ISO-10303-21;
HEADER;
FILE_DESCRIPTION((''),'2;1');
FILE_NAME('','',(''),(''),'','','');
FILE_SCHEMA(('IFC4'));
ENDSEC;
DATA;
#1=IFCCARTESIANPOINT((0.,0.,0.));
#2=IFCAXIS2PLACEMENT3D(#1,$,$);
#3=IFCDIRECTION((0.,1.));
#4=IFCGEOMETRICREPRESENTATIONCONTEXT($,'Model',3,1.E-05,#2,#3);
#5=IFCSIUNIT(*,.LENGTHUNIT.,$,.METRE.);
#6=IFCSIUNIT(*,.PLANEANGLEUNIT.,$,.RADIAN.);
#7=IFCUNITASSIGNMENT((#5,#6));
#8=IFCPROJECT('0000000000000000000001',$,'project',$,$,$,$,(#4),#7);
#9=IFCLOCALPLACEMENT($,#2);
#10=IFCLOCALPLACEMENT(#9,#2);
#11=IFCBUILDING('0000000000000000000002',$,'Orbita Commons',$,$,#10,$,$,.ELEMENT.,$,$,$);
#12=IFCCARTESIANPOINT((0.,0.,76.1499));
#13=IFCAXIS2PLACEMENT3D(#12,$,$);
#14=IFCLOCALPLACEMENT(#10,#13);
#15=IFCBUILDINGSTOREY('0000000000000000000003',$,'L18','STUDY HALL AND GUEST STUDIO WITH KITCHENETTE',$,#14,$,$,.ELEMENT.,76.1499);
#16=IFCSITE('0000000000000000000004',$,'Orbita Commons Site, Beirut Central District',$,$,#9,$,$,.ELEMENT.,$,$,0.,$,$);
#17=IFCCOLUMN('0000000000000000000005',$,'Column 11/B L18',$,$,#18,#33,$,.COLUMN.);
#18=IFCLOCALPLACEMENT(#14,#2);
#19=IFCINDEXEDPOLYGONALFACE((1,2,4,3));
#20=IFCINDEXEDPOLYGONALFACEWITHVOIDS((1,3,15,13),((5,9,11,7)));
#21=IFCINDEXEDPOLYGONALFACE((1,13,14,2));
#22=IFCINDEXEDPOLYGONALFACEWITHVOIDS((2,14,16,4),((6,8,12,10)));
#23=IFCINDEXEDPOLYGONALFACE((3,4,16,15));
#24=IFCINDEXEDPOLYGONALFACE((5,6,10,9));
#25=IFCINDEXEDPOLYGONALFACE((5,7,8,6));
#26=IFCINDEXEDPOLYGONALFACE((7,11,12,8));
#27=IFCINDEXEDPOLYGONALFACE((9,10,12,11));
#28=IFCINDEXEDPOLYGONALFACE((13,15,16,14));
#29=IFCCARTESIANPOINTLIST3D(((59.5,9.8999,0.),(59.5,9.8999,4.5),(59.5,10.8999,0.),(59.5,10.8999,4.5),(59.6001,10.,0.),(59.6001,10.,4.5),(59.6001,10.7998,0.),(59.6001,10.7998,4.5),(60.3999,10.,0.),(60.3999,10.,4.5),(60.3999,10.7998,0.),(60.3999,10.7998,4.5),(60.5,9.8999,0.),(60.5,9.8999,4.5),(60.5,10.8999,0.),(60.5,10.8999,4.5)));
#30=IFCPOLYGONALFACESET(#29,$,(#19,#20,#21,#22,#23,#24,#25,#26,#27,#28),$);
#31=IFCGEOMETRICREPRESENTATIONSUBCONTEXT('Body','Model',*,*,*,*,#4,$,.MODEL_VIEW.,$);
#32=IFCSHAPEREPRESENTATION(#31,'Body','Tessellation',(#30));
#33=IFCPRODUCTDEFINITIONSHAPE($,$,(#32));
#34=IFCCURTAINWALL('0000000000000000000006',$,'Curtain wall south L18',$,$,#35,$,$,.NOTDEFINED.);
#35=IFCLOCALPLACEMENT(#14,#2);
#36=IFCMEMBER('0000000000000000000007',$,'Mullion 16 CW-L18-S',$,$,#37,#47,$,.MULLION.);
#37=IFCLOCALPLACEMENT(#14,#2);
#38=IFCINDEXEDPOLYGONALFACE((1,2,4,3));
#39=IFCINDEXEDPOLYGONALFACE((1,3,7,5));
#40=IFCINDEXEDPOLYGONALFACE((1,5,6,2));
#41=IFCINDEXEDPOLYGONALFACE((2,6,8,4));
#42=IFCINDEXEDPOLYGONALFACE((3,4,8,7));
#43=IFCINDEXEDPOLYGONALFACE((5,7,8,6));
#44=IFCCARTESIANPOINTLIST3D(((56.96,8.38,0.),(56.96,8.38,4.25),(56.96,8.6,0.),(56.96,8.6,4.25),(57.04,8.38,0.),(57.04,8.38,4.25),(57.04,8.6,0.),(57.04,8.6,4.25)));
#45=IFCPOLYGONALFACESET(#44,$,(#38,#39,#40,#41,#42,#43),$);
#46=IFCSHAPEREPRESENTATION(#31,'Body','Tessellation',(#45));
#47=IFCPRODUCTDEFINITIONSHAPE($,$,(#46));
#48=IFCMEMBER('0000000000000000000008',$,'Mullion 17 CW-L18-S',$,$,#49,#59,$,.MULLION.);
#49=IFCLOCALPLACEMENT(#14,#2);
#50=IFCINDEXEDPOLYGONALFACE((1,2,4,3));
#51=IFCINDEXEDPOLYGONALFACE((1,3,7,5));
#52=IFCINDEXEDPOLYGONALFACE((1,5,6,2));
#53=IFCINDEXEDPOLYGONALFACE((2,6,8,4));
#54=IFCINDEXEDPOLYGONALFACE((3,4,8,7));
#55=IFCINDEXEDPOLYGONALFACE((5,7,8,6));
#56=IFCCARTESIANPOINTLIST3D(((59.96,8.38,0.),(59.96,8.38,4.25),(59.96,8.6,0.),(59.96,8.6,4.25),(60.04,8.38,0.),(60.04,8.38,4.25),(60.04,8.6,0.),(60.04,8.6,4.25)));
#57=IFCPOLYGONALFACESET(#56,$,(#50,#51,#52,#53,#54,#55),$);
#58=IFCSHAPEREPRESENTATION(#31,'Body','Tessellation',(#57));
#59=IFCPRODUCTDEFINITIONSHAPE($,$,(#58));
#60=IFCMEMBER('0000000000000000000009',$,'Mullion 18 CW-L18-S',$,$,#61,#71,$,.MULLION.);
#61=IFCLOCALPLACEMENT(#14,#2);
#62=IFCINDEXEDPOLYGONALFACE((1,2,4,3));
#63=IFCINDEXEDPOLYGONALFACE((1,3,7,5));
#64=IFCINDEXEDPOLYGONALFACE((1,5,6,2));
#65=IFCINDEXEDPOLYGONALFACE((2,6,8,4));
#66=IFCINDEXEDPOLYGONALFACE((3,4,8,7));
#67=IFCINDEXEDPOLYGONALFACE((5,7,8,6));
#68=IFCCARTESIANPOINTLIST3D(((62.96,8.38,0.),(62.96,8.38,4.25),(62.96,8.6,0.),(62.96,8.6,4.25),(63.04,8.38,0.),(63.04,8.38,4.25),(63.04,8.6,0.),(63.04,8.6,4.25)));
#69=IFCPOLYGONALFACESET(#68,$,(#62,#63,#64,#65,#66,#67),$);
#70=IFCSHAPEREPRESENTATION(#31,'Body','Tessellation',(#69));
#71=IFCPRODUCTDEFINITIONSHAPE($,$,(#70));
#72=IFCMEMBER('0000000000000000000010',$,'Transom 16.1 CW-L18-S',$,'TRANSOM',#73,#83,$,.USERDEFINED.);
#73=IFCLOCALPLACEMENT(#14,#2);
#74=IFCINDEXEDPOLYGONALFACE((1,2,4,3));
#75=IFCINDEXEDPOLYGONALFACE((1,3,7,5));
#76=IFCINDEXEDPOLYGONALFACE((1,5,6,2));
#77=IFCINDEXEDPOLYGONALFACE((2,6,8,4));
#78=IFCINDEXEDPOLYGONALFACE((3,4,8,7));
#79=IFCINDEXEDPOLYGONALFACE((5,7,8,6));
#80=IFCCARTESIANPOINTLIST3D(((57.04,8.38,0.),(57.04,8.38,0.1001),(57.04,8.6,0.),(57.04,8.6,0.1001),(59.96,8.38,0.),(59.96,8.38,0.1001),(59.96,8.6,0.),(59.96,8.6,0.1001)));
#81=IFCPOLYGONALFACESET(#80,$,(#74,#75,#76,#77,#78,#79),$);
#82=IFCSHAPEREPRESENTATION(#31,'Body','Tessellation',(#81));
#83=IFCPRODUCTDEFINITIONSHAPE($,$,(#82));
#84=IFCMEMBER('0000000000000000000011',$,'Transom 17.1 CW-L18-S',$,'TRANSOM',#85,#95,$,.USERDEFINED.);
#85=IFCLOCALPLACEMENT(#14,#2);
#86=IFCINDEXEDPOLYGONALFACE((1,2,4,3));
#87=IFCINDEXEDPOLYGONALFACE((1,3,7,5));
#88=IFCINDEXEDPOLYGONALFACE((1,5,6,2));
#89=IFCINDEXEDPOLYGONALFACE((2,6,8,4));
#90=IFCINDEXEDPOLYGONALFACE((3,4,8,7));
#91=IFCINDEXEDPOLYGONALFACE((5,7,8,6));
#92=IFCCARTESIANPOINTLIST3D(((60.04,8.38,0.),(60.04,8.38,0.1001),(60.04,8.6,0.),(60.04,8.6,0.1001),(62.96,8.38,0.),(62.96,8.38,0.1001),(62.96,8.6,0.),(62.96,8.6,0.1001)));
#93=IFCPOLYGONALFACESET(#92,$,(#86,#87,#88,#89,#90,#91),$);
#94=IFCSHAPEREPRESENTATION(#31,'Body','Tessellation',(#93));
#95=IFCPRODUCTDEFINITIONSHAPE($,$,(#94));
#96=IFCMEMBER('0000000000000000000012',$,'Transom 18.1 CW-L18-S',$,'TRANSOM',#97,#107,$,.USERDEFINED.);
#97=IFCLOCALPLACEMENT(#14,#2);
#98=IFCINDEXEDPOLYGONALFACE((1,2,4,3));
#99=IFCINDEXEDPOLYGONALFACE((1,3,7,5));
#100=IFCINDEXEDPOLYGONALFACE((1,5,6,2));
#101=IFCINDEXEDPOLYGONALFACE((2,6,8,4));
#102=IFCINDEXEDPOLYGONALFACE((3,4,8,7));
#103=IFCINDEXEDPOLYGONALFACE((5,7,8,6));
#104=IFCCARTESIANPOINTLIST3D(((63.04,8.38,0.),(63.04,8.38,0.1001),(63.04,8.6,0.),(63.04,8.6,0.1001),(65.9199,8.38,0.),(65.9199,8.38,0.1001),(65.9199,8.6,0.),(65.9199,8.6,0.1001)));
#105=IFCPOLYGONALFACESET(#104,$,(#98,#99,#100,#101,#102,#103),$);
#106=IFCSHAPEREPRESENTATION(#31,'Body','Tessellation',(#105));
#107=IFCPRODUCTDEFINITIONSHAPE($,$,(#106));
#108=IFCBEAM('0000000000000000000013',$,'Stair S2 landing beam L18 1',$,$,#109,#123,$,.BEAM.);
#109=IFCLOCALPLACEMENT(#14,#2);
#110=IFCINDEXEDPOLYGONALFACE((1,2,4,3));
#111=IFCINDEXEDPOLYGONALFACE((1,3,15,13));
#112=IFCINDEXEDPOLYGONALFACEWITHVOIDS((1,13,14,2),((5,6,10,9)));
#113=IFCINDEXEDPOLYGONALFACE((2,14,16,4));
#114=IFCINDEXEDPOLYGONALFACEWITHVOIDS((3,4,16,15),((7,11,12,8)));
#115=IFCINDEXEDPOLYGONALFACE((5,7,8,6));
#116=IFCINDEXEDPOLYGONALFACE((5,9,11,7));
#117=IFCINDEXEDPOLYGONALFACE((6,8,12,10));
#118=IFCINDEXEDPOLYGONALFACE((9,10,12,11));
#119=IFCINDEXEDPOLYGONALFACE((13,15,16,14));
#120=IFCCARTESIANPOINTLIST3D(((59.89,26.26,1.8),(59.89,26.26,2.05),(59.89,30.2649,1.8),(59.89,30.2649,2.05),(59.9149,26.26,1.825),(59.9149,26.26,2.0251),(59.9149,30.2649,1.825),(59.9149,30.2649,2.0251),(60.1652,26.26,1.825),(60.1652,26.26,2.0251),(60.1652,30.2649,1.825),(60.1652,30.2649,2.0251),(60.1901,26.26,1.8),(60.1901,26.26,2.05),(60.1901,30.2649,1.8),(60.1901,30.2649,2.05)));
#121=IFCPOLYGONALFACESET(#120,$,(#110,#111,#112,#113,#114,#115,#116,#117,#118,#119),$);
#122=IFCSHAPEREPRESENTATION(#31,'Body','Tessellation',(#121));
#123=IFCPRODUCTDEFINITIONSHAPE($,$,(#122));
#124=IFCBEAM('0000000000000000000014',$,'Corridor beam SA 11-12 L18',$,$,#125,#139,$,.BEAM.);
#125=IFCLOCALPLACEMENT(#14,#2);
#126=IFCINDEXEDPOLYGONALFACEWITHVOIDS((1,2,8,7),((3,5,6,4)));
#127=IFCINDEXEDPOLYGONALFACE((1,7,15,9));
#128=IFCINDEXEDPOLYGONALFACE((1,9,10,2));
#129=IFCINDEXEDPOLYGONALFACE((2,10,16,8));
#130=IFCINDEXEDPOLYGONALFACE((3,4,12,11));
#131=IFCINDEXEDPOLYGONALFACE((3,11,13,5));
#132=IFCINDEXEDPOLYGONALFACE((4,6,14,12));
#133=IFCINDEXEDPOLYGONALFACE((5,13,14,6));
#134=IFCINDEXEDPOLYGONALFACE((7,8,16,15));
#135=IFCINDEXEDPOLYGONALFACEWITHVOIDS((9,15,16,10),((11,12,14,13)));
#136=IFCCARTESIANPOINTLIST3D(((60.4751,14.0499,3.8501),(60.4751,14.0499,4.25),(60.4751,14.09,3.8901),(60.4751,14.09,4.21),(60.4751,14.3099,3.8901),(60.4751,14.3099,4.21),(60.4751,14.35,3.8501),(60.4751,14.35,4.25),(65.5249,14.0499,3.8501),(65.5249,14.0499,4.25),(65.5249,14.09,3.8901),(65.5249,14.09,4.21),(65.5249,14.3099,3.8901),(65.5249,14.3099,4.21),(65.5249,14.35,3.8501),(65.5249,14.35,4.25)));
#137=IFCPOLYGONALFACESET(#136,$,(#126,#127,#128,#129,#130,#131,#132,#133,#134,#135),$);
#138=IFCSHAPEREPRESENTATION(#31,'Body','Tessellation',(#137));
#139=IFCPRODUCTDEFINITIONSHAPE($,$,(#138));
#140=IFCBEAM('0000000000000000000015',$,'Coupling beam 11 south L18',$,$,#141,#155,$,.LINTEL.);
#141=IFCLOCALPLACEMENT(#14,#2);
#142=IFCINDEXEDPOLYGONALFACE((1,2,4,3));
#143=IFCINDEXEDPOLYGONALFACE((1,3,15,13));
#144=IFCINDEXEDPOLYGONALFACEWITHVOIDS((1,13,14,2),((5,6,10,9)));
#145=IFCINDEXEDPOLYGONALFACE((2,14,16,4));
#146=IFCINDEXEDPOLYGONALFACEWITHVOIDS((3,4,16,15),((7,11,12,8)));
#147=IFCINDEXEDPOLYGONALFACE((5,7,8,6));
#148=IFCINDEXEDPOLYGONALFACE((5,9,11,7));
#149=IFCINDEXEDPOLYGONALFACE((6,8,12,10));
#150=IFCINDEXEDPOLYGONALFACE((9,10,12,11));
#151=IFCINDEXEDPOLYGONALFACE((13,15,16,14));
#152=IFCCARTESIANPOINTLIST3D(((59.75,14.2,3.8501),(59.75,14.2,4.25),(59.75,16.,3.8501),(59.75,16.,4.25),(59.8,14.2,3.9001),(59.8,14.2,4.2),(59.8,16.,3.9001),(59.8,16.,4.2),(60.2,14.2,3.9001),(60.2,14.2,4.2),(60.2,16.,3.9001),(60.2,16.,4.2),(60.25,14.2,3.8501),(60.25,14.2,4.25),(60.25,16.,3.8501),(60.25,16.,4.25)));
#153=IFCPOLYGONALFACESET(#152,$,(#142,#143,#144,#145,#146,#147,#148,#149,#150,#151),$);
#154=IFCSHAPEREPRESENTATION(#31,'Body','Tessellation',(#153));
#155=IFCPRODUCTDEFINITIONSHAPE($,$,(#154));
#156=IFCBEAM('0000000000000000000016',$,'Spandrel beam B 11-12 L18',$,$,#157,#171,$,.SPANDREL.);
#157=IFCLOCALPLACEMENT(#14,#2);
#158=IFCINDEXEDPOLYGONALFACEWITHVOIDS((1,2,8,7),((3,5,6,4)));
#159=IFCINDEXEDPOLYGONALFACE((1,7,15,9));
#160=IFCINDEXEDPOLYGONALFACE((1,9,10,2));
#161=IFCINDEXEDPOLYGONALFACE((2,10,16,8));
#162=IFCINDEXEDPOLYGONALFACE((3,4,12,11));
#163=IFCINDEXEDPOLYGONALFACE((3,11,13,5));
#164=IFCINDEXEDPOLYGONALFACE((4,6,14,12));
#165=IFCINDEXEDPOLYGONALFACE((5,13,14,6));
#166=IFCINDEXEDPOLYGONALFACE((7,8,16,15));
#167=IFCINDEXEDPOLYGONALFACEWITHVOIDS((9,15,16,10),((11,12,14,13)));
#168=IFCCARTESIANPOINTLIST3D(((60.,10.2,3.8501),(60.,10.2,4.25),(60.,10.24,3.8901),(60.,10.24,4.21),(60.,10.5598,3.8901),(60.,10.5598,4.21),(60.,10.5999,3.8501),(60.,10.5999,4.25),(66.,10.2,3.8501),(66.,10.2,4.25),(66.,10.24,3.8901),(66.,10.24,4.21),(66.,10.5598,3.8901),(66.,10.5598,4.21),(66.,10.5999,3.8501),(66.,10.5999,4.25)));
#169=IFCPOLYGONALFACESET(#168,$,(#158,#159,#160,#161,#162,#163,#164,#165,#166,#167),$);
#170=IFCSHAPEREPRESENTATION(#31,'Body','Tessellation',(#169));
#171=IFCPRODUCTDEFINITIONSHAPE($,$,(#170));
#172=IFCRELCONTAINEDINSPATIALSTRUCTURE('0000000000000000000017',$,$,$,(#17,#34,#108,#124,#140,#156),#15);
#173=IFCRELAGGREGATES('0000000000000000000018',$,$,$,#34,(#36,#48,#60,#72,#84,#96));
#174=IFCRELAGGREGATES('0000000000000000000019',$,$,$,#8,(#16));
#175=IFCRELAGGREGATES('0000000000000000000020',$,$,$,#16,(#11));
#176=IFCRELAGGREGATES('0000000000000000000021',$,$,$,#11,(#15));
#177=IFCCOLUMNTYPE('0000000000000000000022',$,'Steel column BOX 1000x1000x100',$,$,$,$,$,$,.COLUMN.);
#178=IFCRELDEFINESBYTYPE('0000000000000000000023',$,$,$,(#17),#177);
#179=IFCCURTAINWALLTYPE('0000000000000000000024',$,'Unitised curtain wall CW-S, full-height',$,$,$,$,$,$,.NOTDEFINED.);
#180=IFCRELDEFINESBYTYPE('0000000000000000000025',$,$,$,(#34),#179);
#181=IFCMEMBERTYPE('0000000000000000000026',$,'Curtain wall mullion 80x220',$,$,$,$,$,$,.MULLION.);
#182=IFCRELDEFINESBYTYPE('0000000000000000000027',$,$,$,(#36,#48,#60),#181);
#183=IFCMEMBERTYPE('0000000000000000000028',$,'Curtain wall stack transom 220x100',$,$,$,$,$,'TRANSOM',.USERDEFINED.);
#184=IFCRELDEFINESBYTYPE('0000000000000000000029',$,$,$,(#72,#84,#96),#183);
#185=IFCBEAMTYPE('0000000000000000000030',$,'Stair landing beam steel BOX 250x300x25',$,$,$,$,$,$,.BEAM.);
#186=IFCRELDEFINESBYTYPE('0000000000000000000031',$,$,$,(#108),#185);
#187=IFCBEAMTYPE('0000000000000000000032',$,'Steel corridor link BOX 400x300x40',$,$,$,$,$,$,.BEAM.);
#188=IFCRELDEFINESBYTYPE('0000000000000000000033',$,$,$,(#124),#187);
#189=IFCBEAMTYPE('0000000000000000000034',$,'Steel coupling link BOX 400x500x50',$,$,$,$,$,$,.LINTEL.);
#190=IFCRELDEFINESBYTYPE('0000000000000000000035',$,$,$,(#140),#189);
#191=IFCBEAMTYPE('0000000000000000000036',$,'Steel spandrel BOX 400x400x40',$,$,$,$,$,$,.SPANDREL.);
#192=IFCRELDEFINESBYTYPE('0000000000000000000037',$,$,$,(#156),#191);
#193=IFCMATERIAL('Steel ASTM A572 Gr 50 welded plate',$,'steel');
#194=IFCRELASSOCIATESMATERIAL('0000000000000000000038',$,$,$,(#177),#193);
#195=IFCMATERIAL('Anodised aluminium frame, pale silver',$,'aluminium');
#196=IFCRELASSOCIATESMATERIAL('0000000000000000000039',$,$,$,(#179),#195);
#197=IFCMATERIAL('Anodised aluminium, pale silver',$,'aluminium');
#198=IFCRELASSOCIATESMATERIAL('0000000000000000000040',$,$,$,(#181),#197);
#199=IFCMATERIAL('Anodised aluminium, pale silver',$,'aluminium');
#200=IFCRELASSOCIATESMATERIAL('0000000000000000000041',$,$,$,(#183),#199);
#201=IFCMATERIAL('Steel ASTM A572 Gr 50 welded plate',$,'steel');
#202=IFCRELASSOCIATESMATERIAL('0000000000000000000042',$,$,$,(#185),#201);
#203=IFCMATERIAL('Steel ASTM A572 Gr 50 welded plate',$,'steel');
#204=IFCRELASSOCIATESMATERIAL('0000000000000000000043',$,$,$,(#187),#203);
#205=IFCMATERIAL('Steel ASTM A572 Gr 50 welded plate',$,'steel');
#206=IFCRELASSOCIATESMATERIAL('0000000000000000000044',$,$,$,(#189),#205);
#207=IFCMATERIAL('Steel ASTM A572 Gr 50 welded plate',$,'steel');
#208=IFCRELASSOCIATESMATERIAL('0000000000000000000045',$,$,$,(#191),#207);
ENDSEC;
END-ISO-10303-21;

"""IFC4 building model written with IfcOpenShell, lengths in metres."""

from ifc_helpers import new_model, si_unit, direction, frame, origin, origin_2d, place, context, subcontext, project, spatial, rectangle, hollow_rectangle, extrude, material, material_profile, profile_set, type_object, element, aggregate, save


model = new_model("IFC4")

# Units and contexts
model_context = context("Model", 3, precision=1e-05, world=origin(), true_north=direction((0.0, 1.0)))
body_context = subcontext(model_context, "Body", "Model", "MODEL_VIEW")
ifc_project = project(units=[si_unit("LENGTHUNIT", "METRE"), si_unit("PLANEANGLEUNIT", "RADIAN")], contexts=[model_context])

# Site, building, storey
site_placement = place(None, origin())
site = spatial("IfcSite", under=ifc_project, at=site_placement, Name="Orbita Commons Site, Beirut Central District", CompositionType="ELEMENT", RefElevation=0.0)
building_placement = place(site_placement, origin())
building = spatial("IfcBuilding", under=site, at=building_placement, Name="Orbita Commons", CompositionType="ELEMENT")
storey_placement = place(building_placement, frame((0.0, 0.0, 76.1499)))
storey = spatial("IfcBuildingStorey", under=building, at=storey_placement, Name="L18", Description="STUDY HALL AND GUEST STUDIO WITH KITCHENETTE", CompositionType="ELEMENT", Elevation=76.1499)

# Column
ifc_material_1 = material(Name="Steel ASTM A572 Gr 50 welded plate", Category="steel")
ifc_material_profile_1 = material_profile(ifc_material_1, hollow_rectangle(XDim=1.0, YDim=1.0, WallThickness=0.1001, at=origin_2d()), Name="BOX 1000x1000x100")
ifc_profile_set_1 = profile_set([ifc_material_profile_1], Name="Steel ASTM A572 Gr 50 welded plate")
column_type = type_object("IfcColumnType", Name="Steel column BOX 1000x1000x100", PredefinedType="COLUMN", material=ifc_profile_set_1)
column_placement = place(storey_placement, frame((60.0, 10.3999, 0.0), z_axis=(0.0, 0.0, 1.0), x_axis=(1.0, 0.0, 0.0)))
element("IfcColumn", 1, at=column_placement, inside=storey, type_object=column_type, Name="Column 11/B L18", PredefinedType="COLUMN", context=body_context, shape_type="SweptSolid", body=[
    extrude(hollow_rectangle(XDim=1.0, YDim=1.0, WallThickness=0.1001, at=origin_2d()), origin(), (0.0, 0.0, 1.0), 4.5),
])

# Curtain wall, members
ifc_material_2 = material(Name="Anodised aluminium frame, pale silver", Category="aluminium")
curtain_wall_type = type_object("IfcCurtainWallType", Name="Unitised curtain wall CW-S, full-height", PredefinedType="NOTDEFINED", material=ifc_material_2)
curtain_wall_placement = place(storey_placement, origin())
curtain_wall = element("IfcCurtainWall", 2, at=curtain_wall_placement, inside=storey, type_object=curtain_wall_type, Name="Curtain wall south L18", PredefinedType="NOTDEFINED")
ifc_material_3 = material(Name="Anodised aluminium, pale silver", Category="aluminium")
ifc_material_profile_2 = material_profile(ifc_material_3, rectangle(XDim=0.0801, YDim=0.22, at=origin_2d()), Name="AL 80x220")
ifc_profile_set_2 = profile_set([ifc_material_profile_2], Name="Anodised aluminium, pale silver")
member_type_1 = type_object("IfcMemberType", Name="Curtain wall mullion 80x220", PredefinedType="MULLION", material=ifc_profile_set_2)
member_1_placement = place(storey_placement, frame((57.0, 8.49, 0.0), z_axis=(0.0, 0.0, 1.0), x_axis=(1.0, 0.0, 0.0)))
member_1 = element("IfcMember", 3, at=member_1_placement, type_object=member_type_1, Name="Mullion 16 CW-L18-S", PredefinedType="MULLION", context=body_context, shape_type="SweptSolid", body=[
    extrude(rectangle(XDim=0.0801, YDim=0.22, at=origin_2d()), origin(), (0.0, 0.0, 1.0), 4.25),
])
member_2_placement = place(storey_placement, frame((60.0, 8.49, 0.0), z_axis=(0.0, 0.0, 1.0), x_axis=(1.0, 0.0, 0.0)))
member_2 = element("IfcMember", 4, at=member_2_placement, type_object=member_type_1, Name="Mullion 17 CW-L18-S", PredefinedType="MULLION", context=body_context, shape_type="SweptSolid", body=[
    extrude(rectangle(XDim=0.0801, YDim=0.22, at=origin_2d()), origin(), (0.0, 0.0, 1.0), 4.25),
])
member_3_placement = place(storey_placement, frame((63.0, 8.49, 0.0), z_axis=(0.0, 0.0, 1.0), x_axis=(1.0, 0.0, 0.0)))
member_3 = element("IfcMember", 5, at=member_3_placement, type_object=member_type_1, Name="Mullion 18 CW-L18-S", PredefinedType="MULLION", context=body_context, shape_type="SweptSolid", body=[
    extrude(rectangle(XDim=0.0801, YDim=0.22, at=origin_2d()), origin(), (0.0, 0.0, 1.0), 4.25),
])
ifc_material_4 = material(Name="Anodised aluminium, pale silver", Category="aluminium")
ifc_material_profile_3 = material_profile(ifc_material_4, rectangle(XDim=0.22, YDim=0.1001, at=origin_2d()), Name="AL 220x100")
ifc_profile_set_3 = profile_set([ifc_material_profile_3], Name="Anodised aluminium, pale silver")
member_type_2 = type_object("IfcMemberType", Name="Curtain wall stack transom 220x100", ElementType="TRANSOM", PredefinedType="USERDEFINED", material=ifc_profile_set_3)
member_4_placement = place(storey_placement, frame((57.04, 8.49, 0.05), z_axis=(1.0, 0.0, 0.0), x_axis=(0.0, 1.0, 0.0)))
member_4 = element("IfcMember", 6, at=member_4_placement, type_object=member_type_2, Name="Transom 16.1 CW-L18-S", ObjectType="TRANSOM", PredefinedType="USERDEFINED", context=body_context, shape_type="SweptSolid", body=[
    extrude(rectangle(XDim=0.22, YDim=0.1001, at=origin_2d()), origin(), (0.0, 0.0, 1.0), 2.9199),
])
member_5_placement = place(storey_placement, frame((60.04, 8.49, 0.05), z_axis=(1.0, 0.0, 0.0), x_axis=(0.0, 1.0, 0.0)))
member_5 = element("IfcMember", 7, at=member_5_placement, type_object=member_type_2, Name="Transom 17.1 CW-L18-S", ObjectType="TRANSOM", PredefinedType="USERDEFINED", context=body_context, shape_type="SweptSolid", body=[
    extrude(rectangle(XDim=0.22, YDim=0.1001, at=origin_2d()), origin(), (0.0, 0.0, 1.0), 2.9199),
])
member_6_placement = place(storey_placement, frame((63.04, 8.49, 0.05), z_axis=(1.0, 0.0, 0.0), x_axis=(0.0, 1.0, 0.0)))
member_6 = element("IfcMember", 8, at=member_6_placement, type_object=member_type_2, Name="Transom 18.1 CW-L18-S", ObjectType="TRANSOM", PredefinedType="USERDEFINED", context=body_context, shape_type="SweptSolid", body=[
    extrude(rectangle(XDim=0.22, YDim=0.1001, at=origin_2d()), origin(), (0.0, 0.0, 1.0), 2.8799),
])

# Beams
ifc_material_5 = material(Name="Steel ASTM A572 Gr 50 welded plate", Category="steel")
ifc_material_profile_4 = material_profile(ifc_material_5, hollow_rectangle(XDim=0.3, YDim=0.25, WallThickness=0.0249, at=origin_2d()), Name="BOX 250x300x25")
ifc_profile_set_4 = profile_set([ifc_material_profile_4], Name="Steel ASTM A572 Gr 50 welded plate")
beam_type_1 = type_object("IfcBeamType", Name="Stair landing beam steel BOX 250x300x25", PredefinedType="BEAM", material=ifc_profile_set_4)
beam_1_placement = place(storey_placement, frame((60.04, 26.26, 1.925), z_axis=(0.0, 1.0, 0.0), x_axis=(-1.0, 0.0, 0.0)))
element("IfcBeam", 9, at=beam_1_placement, inside=storey, type_object=beam_type_1, Name="Stair S2 landing beam L18 1", PredefinedType="BEAM", context=body_context, shape_type="SweptSolid", body=[
    extrude(hollow_rectangle(XDim=0.3, YDim=0.25, WallThickness=0.0249, at=origin_2d()), origin(), (0.0, 0.0, 1.0), 4.0049),
])
ifc_material_6 = material(Name="Steel ASTM A572 Gr 50 welded plate", Category="steel")
ifc_material_profile_5 = material_profile(ifc_material_6, hollow_rectangle(XDim=0.3, YDim=0.3999, WallThickness=0.04, at=origin_2d()), Name="BOX 400x300x40")
ifc_profile_set_5 = profile_set([ifc_material_profile_5], Name="Steel ASTM A572 Gr 50 welded plate")
beam_type_2 = type_object("IfcBeamType", Name="Steel corridor link BOX 400x300x40", PredefinedType="BEAM", material=ifc_profile_set_5)
beam_2_placement = place(storey_placement, frame((60.4751, 14.2, 4.05), z_axis=(1.0, 0.0, 0.0), x_axis=(0.0, 1.0, 0.0)))
element("IfcBeam", 10, at=beam_2_placement, inside=storey, type_object=beam_type_2, Name="Corridor beam SA 11-12 L18", PredefinedType="BEAM", context=body_context, shape_type="SweptSolid", body=[
    extrude(hollow_rectangle(XDim=0.3, YDim=0.3999, WallThickness=0.04, at=origin_2d()), origin(), (0.0, 0.0, 1.0), 5.0498),
])
ifc_material_7 = material(Name="Steel ASTM A572 Gr 50 welded plate", Category="steel")
ifc_material_profile_6 = material_profile(ifc_material_7, hollow_rectangle(XDim=0.5, YDim=0.3999, WallThickness=0.05, at=origin_2d()), Name="BOX 400x500x50")
ifc_profile_set_6 = profile_set([ifc_material_profile_6], Name="Steel ASTM A572 Gr 50 welded plate")
beam_type_3 = type_object("IfcBeamType", Name="Steel coupling link BOX 400x500x50", PredefinedType="LINTEL", material=ifc_profile_set_6)
beam_3_placement = place(storey_placement, frame((60.0, 14.2, 4.05), z_axis=(0.0, 1.0, 0.0), x_axis=(-1.0, 0.0, 0.0)))
element("IfcBeam", 11, at=beam_3_placement, inside=storey, type_object=beam_type_3, Name="Coupling beam 11 south L18", PredefinedType="LINTEL", context=body_context, shape_type="SweptSolid", body=[
    extrude(hollow_rectangle(XDim=0.5, YDim=0.3999, WallThickness=0.05, at=origin_2d()), origin(), (0.0, 0.0, 1.0), 1.8),
])
ifc_material_8 = material(Name="Steel ASTM A572 Gr 50 welded plate", Category="steel")
ifc_material_profile_7 = material_profile(ifc_material_8, hollow_rectangle(XDim=0.3999, YDim=0.3999, WallThickness=0.04, at=origin_2d()), Name="BOX 400x400x40")
ifc_profile_set_7 = profile_set([ifc_material_profile_7], Name="Steel ASTM A572 Gr 50 welded plate")
beam_type_4 = type_object("IfcBeamType", Name="Steel spandrel BOX 400x400x40", PredefinedType="SPANDREL", material=ifc_profile_set_7)
beam_4_placement = place(storey_placement, frame((60.0, 10.3999, 4.05), z_axis=(1.0, 0.0, 0.0), x_axis=(0.0, 1.0, 0.0)))
element("IfcBeam", 12, at=beam_4_placement, inside=storey, type_object=beam_type_4, Name="Spandrel beam B 11-12 L18", PredefinedType="SPANDREL", context=body_context, shape_type="SweptSolid", body=[
    extrude(hollow_rectangle(XDim=0.3999, YDim=0.3999, WallThickness=0.04, at=origin_2d()), origin(), (0.0, 0.0, 1.0), 6.0),
])

aggregate(curtain_wall, [member_1, member_2, member_3, member_4, member_5, member_6])

save(model, "model.ifc")
